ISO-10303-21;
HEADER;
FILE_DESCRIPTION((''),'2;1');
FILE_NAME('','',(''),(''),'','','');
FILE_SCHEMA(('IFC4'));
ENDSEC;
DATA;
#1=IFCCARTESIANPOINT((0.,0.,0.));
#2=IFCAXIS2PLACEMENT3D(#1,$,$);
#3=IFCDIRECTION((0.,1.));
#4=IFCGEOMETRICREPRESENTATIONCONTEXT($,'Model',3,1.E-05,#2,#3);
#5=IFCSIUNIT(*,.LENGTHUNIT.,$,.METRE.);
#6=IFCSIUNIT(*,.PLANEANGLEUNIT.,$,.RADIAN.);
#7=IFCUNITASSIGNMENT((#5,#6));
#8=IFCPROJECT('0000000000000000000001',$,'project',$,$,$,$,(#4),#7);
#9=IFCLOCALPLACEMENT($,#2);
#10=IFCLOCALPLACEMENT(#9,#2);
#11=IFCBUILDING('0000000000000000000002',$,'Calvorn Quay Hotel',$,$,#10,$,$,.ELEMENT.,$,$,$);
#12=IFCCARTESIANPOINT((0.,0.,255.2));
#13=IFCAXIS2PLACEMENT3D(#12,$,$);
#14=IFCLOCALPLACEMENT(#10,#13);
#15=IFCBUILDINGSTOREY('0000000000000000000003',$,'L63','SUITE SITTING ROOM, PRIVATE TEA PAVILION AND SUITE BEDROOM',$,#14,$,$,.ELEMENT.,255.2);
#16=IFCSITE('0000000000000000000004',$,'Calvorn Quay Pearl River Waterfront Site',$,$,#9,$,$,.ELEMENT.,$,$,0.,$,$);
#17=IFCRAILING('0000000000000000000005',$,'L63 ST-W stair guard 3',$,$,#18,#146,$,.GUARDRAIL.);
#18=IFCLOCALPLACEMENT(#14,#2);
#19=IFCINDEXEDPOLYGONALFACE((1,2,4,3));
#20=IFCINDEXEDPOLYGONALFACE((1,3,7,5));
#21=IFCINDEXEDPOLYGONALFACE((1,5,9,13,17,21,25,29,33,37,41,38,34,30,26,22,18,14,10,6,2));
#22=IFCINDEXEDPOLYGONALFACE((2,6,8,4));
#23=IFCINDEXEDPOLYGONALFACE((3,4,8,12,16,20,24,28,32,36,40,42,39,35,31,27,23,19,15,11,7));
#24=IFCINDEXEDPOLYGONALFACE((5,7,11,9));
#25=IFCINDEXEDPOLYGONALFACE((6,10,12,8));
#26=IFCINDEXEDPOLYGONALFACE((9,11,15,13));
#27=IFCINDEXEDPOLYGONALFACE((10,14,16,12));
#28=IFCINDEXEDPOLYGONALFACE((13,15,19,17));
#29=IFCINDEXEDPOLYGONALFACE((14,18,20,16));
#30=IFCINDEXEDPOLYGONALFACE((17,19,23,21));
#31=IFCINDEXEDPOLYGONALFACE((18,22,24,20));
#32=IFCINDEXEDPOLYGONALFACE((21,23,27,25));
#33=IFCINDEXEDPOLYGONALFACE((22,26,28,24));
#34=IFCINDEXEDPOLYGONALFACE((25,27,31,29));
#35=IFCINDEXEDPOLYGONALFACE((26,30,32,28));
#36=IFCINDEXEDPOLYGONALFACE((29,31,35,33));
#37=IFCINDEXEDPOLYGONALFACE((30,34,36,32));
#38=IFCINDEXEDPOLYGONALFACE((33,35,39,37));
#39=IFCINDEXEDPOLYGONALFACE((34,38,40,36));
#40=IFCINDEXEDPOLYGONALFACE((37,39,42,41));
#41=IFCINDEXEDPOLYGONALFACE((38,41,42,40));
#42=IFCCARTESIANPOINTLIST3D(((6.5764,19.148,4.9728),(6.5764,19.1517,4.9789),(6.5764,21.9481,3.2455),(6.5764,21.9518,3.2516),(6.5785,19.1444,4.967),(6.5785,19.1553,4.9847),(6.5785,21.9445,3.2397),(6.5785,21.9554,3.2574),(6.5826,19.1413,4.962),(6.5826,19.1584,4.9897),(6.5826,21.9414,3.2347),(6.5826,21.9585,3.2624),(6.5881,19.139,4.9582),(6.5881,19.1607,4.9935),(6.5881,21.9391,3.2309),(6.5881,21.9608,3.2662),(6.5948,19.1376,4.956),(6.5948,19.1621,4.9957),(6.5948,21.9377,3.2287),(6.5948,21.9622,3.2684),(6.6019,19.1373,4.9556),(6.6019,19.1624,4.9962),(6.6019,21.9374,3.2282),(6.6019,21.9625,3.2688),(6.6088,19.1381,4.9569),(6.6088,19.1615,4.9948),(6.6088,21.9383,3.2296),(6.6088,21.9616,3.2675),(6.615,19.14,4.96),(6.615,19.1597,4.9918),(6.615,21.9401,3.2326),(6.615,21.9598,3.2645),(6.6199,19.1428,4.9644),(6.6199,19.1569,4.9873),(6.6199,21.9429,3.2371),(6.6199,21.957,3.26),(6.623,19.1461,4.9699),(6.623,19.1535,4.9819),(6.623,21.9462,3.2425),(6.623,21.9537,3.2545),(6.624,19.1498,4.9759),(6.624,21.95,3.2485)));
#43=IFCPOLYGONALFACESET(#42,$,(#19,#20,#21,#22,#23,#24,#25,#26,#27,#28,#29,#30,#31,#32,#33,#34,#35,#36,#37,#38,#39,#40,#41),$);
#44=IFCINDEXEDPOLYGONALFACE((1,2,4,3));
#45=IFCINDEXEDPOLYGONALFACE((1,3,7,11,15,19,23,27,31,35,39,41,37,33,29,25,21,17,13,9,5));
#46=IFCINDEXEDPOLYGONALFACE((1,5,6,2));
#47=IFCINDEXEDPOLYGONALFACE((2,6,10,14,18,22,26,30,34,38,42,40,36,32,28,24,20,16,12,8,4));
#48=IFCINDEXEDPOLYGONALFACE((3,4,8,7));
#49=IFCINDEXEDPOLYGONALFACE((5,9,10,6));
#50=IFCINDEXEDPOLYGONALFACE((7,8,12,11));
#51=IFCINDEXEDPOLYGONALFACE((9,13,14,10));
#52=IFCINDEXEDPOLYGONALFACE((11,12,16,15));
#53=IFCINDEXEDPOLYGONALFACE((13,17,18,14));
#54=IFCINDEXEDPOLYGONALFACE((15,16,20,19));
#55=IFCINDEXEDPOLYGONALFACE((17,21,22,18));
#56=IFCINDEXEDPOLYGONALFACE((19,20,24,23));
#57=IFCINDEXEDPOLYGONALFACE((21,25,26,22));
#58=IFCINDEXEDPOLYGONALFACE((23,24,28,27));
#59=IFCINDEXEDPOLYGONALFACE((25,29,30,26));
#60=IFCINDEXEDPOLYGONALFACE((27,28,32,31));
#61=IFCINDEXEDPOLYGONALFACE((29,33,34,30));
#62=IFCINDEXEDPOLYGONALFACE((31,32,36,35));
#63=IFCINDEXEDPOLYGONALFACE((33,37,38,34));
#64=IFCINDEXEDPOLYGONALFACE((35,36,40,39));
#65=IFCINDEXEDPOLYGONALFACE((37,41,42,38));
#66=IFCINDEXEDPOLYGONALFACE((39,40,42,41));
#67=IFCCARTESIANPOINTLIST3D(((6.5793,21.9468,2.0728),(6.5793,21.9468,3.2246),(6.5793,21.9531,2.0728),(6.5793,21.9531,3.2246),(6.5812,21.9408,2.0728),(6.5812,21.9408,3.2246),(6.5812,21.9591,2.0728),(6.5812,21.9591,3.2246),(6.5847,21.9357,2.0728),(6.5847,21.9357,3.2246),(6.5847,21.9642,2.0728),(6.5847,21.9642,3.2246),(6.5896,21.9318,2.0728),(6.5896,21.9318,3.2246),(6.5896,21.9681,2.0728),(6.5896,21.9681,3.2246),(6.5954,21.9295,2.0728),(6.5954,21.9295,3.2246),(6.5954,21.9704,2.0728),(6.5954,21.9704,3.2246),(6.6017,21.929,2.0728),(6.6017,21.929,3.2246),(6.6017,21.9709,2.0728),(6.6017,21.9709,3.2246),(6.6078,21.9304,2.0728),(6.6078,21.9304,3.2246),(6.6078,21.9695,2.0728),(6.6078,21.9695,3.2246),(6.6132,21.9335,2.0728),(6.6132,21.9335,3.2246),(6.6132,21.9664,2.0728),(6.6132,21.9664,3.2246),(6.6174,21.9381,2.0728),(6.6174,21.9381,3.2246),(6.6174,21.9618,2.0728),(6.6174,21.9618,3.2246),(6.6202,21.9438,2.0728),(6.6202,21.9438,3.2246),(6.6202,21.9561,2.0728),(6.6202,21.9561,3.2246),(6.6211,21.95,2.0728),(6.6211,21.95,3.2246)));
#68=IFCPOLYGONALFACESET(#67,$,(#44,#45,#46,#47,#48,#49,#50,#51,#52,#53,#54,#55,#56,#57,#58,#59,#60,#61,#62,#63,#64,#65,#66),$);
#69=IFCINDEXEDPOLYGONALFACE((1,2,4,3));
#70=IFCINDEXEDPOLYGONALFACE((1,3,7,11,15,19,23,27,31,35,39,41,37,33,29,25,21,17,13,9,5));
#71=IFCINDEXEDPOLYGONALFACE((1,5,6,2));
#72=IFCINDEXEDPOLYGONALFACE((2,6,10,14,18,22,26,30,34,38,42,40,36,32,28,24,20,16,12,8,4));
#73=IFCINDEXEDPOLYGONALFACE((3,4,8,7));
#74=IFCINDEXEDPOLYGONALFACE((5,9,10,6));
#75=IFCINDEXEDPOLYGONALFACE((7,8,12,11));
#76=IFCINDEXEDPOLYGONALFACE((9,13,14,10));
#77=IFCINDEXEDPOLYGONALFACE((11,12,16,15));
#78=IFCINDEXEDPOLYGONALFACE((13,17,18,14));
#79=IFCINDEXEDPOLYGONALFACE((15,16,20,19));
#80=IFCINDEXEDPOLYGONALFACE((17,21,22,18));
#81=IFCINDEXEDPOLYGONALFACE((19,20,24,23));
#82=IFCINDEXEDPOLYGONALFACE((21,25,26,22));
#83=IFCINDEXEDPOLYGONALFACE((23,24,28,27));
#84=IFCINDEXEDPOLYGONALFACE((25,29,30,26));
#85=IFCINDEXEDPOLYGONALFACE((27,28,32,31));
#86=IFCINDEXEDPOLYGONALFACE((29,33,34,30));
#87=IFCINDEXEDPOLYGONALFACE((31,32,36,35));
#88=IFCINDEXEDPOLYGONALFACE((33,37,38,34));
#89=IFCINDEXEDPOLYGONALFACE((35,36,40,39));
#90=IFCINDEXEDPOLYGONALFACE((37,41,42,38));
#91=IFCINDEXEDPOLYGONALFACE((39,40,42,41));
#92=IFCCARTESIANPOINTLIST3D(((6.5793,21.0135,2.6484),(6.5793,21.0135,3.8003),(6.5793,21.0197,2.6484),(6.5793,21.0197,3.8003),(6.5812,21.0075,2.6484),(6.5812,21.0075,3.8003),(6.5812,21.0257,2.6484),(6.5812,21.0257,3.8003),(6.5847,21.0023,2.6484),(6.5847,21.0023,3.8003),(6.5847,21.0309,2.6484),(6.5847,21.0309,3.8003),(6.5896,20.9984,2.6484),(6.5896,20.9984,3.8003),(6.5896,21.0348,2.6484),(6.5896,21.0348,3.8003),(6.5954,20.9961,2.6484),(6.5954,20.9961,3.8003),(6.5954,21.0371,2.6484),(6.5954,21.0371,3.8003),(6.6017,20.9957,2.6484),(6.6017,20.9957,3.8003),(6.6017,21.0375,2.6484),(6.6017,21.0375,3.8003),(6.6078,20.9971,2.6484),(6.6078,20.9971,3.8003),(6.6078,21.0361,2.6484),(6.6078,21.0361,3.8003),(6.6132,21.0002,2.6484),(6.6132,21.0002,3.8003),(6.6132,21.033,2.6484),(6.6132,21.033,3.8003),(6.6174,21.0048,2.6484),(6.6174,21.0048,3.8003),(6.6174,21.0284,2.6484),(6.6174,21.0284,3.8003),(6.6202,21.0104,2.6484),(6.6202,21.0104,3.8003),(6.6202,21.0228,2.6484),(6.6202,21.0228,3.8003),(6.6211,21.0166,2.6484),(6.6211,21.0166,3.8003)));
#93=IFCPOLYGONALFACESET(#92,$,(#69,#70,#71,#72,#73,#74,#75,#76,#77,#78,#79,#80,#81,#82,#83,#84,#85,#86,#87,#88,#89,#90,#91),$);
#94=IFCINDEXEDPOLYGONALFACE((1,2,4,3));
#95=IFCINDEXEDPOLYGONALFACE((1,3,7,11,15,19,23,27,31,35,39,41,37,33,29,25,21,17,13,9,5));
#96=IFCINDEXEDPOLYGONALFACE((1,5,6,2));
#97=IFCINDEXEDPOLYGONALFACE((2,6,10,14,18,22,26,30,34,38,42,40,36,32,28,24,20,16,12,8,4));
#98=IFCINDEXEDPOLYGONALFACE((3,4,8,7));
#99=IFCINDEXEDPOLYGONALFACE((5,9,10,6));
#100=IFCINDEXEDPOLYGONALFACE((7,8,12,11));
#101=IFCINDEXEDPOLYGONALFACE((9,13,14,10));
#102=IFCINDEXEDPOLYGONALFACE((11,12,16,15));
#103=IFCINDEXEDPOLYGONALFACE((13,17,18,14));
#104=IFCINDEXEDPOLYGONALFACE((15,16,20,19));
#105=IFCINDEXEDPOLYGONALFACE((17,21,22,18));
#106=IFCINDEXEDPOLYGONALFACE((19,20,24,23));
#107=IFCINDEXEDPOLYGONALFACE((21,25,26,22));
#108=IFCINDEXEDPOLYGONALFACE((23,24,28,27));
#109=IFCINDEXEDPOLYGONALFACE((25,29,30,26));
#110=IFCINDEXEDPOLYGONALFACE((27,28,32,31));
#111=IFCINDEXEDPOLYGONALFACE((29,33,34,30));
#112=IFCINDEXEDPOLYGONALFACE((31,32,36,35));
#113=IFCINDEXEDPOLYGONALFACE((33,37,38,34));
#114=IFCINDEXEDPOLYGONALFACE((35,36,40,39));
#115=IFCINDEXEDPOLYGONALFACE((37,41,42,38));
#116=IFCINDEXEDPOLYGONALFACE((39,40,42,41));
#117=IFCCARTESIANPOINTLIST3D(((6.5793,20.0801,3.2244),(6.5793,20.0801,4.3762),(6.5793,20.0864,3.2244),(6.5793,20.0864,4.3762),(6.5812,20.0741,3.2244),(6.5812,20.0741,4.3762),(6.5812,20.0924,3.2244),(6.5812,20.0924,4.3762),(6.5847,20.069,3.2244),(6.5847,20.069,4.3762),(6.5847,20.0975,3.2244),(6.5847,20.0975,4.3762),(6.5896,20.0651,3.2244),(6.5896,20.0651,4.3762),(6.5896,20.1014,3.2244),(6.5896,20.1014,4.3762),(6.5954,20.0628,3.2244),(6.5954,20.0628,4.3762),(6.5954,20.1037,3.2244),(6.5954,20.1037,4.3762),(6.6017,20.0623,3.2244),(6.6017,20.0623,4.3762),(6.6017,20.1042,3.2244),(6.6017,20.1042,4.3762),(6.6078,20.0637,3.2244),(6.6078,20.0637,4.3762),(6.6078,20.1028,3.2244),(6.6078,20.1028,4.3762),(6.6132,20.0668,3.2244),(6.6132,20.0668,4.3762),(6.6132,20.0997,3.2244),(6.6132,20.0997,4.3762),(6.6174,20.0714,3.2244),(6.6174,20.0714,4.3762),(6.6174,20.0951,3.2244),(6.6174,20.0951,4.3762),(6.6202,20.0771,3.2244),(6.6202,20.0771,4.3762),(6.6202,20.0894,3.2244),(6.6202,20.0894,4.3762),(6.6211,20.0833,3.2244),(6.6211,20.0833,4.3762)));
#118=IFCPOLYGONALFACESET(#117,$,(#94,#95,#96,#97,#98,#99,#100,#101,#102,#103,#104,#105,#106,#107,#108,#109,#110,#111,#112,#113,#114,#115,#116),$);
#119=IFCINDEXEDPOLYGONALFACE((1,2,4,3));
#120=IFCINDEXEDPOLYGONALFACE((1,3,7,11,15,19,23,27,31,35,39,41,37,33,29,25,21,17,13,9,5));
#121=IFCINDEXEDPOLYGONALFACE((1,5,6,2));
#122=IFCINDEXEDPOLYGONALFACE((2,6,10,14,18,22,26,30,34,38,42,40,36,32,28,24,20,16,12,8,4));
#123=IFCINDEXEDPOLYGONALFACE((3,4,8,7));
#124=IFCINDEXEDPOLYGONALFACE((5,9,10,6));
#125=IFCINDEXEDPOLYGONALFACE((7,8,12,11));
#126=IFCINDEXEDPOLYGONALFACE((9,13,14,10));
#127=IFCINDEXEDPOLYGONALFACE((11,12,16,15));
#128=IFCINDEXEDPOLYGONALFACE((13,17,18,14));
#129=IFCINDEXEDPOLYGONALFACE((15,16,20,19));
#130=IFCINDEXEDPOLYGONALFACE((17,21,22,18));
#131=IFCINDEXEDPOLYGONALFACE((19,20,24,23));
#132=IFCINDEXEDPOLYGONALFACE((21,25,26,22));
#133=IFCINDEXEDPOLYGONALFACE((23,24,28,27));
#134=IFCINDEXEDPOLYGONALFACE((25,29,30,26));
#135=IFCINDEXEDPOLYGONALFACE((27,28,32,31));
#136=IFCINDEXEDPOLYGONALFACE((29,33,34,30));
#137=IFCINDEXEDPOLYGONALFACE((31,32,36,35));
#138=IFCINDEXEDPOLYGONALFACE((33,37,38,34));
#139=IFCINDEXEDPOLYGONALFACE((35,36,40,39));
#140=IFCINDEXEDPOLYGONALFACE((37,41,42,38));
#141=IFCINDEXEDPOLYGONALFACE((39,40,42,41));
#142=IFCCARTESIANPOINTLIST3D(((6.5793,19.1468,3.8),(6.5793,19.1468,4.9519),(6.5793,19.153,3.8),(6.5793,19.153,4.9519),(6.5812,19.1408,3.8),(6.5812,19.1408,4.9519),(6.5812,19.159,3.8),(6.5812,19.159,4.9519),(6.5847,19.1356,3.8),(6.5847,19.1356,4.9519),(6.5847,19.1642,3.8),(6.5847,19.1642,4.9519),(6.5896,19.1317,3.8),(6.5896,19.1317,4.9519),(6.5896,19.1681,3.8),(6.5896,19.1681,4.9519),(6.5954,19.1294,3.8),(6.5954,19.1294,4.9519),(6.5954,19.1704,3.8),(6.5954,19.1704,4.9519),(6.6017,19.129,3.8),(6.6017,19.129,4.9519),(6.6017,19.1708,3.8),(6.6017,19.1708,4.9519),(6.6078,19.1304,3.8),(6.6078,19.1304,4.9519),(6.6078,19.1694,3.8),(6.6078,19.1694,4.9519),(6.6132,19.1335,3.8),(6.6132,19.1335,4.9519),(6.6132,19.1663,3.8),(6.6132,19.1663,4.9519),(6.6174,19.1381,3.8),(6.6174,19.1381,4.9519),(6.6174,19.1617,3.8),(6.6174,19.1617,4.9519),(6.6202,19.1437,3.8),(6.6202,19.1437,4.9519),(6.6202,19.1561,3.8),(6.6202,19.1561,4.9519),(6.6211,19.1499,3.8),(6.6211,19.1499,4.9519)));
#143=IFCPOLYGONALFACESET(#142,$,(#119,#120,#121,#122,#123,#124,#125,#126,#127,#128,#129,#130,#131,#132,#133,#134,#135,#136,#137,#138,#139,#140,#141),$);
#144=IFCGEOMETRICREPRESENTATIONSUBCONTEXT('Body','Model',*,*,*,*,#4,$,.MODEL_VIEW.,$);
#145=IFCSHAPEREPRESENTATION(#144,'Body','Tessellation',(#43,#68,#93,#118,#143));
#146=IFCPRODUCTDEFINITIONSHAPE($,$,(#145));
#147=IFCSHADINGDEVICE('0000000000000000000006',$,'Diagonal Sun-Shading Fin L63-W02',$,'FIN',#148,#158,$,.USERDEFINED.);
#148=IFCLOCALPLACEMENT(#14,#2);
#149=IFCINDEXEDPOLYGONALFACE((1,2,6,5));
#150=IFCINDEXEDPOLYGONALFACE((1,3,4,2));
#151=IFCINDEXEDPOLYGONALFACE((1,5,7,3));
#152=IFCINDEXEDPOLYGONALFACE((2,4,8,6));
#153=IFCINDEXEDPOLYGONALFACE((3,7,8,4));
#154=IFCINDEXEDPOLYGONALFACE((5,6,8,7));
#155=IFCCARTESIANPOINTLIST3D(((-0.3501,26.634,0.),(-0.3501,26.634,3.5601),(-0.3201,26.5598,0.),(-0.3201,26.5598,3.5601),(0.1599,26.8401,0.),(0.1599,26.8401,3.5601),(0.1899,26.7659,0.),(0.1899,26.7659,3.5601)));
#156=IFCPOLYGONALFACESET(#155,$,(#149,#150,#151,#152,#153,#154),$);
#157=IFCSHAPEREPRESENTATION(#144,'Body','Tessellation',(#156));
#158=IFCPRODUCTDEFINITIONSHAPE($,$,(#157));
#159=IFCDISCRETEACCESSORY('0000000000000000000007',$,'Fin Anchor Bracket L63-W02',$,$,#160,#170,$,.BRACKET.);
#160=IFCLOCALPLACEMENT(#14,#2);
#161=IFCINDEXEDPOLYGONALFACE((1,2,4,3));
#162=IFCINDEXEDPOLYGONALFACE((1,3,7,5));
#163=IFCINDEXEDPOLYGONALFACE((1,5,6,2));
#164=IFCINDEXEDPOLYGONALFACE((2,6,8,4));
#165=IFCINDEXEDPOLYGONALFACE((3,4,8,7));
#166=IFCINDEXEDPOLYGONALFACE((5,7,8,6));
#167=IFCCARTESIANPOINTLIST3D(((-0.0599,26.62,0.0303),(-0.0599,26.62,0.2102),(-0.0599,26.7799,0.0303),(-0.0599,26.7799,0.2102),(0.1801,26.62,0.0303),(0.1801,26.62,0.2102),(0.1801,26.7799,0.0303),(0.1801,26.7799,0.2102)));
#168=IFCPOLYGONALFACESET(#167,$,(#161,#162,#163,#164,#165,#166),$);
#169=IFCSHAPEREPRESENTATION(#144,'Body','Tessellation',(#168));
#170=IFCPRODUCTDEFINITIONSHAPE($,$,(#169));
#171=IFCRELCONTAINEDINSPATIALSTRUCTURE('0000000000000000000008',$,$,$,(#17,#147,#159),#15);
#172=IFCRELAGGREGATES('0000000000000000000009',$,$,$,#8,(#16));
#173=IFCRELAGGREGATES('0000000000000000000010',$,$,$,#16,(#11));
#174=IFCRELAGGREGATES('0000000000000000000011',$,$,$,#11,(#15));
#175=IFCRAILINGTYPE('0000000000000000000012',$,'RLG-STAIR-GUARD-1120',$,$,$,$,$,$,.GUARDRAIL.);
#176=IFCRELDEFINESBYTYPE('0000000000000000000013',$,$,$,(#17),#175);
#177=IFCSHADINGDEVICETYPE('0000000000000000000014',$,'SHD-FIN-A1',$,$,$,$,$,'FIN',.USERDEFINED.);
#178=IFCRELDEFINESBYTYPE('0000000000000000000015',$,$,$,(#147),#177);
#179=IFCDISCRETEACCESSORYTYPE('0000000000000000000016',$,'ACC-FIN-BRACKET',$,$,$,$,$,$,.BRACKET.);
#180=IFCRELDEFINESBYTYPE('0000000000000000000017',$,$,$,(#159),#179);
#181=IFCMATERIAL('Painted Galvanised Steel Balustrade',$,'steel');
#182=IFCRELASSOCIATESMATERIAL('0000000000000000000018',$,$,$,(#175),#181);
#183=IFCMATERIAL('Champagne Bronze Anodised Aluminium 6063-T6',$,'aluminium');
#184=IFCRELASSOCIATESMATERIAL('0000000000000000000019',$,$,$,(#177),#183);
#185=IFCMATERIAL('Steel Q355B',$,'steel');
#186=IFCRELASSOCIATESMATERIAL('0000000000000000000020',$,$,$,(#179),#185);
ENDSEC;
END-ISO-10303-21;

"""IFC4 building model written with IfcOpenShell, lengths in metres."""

from ifc_helpers import new_model, si_unit, direction, frame, origin, origin_2d, place, context, subcontext, project, spatial, rectangle, circle, extrude, material, type_object, element, save


model = new_model("IFC4")

# Units and contexts
model_context = context("Model", 3, precision=1e-05, world=origin(), true_north=direction((0.0, 1.0)))
body_context = subcontext(model_context, "Body", "Model", "MODEL_VIEW")
ifc_project = project(units=[si_unit("LENGTHUNIT", "METRE"), si_unit("PLANEANGLEUNIT", "RADIAN")], contexts=[model_context])

# Site, building, storey
site_placement = place(None, origin())
site = spatial("IfcSite", under=ifc_project, at=site_placement, Name="Calvorn Quay Pearl River Waterfront Site", CompositionType="ELEMENT", RefElevation=0.0)
building_placement = place(site_placement, origin())
building = spatial("IfcBuilding", under=site, at=building_placement, Name="Calvorn Quay Hotel", CompositionType="ELEMENT")
storey_placement = place(building_placement, frame((0.0, 0.0, 255.2)))
storey = spatial("IfcBuildingStorey", under=building, at=storey_placement, Name="L63", Description="SUITE SITTING ROOM, PRIVATE TEA PAVILION AND SUITE BEDROOM", CompositionType="ELEMENT", Elevation=255.2)

# Railing
ifc_material_1 = material(Name="Painted Galvanised Steel Balustrade", Category="steel")
railing_type_1 = type_object("IfcRailingType", Name="RLG-STAIR-GUARD-1120", PredefinedType="GUARDRAIL", material=ifc_material_1)
railing_1_placement = place(storey_placement, frame((6.6001, 21.95, 2.0728)))
element("IfcRailing", 1, at=railing_1_placement, inside=storey, type_object=railing_type_1, Name="L63 ST-W stair guard 3", PredefinedType="GUARDRAIL", context=body_context, shape_type="SweptSolid", body=[
    extrude(circle(Radius=0.0239, at=origin_2d()), frame((0.0, 0.0, 1.1758), z_axis=(0.0, -0.85109, 0.52502), x_axis=(1.0, 0.0, 0.0)), (0.0, 0.0, 1.0), 3.29),
    extrude(circle(Radius=0.021, at=origin_2d()), origin(), (0.0, 0.0, 1.0), 1.1519),
    extrude(circle(Radius=0.021, at=origin_2d()), frame((0.0, -0.9333, 0.5757)), (0.0, 0.0, 1.0), 1.1519),
    extrude(circle(Radius=0.021, at=origin_2d()), frame((0.0, -1.8667, 1.1516)), (0.0, 0.0, 1.0), 1.1519),
    extrude(circle(Radius=0.021, at=origin_2d()), frame((0.0, -2.8, 1.7273)), (0.0, 0.0, 1.0), 1.1519),
])

# Shading device
ifc_material_2 = material(Name="Champagne Bronze Anodised Aluminium 6063-T6", Category="aluminium")
shading_device_type = type_object("IfcShadingDeviceType", Name="SHD-FIN-A1", ElementType="FIN", PredefinedType="USERDEFINED", material=ifc_material_2)
shading_device_placement = place(storey_placement, frame((-0.0801, 26.7, 0.0), z_axis=(0.0, 0.0, 1.0), x_axis=(0.927184, 0.374607, 0.0)))
element("IfcShadingDevice", 2, at=shading_device_placement, inside=storey, type_object=shading_device_type, Name="Diagonal Sun-Shading Fin L63-W02", ObjectType="FIN", PredefinedType="USERDEFINED", context=body_context, shape_type="SweptSolid", body=[
    extrude(rectangle(XDim=0.55, YDim=0.0801, at=origin_2d()), origin(), (0.0, 0.0, 1.0), 3.5601),
])

# Discrete accessory
ifc_material_3 = material(Name="Steel Q355B", Category="steel")
discrete_accessory_type = type_object("IfcDiscreteAccessoryType", Name="ACC-FIN-BRACKET", PredefinedType="BRACKET", material=ifc_material_3)
discrete_accessory_placement = place(storey_placement, frame((0.0601, 26.7, 0.0303), z_axis=(0.0, 0.0, 1.0), x_axis=(1.0, 0.0, 0.0)))
element("IfcDiscreteAccessory", 3, at=discrete_accessory_placement, inside=storey, type_object=discrete_accessory_type, Name="Fin Anchor Bracket L63-W02", PredefinedType="BRACKET", context=body_context, shape_type="SweptSolid", body=[
    extrude(rectangle(XDim=0.24, YDim=0.1599, at=origin_2d()), origin(), (0.0, 0.0, 1.0), 0.1799),
])

save(model, "model.ifc")
